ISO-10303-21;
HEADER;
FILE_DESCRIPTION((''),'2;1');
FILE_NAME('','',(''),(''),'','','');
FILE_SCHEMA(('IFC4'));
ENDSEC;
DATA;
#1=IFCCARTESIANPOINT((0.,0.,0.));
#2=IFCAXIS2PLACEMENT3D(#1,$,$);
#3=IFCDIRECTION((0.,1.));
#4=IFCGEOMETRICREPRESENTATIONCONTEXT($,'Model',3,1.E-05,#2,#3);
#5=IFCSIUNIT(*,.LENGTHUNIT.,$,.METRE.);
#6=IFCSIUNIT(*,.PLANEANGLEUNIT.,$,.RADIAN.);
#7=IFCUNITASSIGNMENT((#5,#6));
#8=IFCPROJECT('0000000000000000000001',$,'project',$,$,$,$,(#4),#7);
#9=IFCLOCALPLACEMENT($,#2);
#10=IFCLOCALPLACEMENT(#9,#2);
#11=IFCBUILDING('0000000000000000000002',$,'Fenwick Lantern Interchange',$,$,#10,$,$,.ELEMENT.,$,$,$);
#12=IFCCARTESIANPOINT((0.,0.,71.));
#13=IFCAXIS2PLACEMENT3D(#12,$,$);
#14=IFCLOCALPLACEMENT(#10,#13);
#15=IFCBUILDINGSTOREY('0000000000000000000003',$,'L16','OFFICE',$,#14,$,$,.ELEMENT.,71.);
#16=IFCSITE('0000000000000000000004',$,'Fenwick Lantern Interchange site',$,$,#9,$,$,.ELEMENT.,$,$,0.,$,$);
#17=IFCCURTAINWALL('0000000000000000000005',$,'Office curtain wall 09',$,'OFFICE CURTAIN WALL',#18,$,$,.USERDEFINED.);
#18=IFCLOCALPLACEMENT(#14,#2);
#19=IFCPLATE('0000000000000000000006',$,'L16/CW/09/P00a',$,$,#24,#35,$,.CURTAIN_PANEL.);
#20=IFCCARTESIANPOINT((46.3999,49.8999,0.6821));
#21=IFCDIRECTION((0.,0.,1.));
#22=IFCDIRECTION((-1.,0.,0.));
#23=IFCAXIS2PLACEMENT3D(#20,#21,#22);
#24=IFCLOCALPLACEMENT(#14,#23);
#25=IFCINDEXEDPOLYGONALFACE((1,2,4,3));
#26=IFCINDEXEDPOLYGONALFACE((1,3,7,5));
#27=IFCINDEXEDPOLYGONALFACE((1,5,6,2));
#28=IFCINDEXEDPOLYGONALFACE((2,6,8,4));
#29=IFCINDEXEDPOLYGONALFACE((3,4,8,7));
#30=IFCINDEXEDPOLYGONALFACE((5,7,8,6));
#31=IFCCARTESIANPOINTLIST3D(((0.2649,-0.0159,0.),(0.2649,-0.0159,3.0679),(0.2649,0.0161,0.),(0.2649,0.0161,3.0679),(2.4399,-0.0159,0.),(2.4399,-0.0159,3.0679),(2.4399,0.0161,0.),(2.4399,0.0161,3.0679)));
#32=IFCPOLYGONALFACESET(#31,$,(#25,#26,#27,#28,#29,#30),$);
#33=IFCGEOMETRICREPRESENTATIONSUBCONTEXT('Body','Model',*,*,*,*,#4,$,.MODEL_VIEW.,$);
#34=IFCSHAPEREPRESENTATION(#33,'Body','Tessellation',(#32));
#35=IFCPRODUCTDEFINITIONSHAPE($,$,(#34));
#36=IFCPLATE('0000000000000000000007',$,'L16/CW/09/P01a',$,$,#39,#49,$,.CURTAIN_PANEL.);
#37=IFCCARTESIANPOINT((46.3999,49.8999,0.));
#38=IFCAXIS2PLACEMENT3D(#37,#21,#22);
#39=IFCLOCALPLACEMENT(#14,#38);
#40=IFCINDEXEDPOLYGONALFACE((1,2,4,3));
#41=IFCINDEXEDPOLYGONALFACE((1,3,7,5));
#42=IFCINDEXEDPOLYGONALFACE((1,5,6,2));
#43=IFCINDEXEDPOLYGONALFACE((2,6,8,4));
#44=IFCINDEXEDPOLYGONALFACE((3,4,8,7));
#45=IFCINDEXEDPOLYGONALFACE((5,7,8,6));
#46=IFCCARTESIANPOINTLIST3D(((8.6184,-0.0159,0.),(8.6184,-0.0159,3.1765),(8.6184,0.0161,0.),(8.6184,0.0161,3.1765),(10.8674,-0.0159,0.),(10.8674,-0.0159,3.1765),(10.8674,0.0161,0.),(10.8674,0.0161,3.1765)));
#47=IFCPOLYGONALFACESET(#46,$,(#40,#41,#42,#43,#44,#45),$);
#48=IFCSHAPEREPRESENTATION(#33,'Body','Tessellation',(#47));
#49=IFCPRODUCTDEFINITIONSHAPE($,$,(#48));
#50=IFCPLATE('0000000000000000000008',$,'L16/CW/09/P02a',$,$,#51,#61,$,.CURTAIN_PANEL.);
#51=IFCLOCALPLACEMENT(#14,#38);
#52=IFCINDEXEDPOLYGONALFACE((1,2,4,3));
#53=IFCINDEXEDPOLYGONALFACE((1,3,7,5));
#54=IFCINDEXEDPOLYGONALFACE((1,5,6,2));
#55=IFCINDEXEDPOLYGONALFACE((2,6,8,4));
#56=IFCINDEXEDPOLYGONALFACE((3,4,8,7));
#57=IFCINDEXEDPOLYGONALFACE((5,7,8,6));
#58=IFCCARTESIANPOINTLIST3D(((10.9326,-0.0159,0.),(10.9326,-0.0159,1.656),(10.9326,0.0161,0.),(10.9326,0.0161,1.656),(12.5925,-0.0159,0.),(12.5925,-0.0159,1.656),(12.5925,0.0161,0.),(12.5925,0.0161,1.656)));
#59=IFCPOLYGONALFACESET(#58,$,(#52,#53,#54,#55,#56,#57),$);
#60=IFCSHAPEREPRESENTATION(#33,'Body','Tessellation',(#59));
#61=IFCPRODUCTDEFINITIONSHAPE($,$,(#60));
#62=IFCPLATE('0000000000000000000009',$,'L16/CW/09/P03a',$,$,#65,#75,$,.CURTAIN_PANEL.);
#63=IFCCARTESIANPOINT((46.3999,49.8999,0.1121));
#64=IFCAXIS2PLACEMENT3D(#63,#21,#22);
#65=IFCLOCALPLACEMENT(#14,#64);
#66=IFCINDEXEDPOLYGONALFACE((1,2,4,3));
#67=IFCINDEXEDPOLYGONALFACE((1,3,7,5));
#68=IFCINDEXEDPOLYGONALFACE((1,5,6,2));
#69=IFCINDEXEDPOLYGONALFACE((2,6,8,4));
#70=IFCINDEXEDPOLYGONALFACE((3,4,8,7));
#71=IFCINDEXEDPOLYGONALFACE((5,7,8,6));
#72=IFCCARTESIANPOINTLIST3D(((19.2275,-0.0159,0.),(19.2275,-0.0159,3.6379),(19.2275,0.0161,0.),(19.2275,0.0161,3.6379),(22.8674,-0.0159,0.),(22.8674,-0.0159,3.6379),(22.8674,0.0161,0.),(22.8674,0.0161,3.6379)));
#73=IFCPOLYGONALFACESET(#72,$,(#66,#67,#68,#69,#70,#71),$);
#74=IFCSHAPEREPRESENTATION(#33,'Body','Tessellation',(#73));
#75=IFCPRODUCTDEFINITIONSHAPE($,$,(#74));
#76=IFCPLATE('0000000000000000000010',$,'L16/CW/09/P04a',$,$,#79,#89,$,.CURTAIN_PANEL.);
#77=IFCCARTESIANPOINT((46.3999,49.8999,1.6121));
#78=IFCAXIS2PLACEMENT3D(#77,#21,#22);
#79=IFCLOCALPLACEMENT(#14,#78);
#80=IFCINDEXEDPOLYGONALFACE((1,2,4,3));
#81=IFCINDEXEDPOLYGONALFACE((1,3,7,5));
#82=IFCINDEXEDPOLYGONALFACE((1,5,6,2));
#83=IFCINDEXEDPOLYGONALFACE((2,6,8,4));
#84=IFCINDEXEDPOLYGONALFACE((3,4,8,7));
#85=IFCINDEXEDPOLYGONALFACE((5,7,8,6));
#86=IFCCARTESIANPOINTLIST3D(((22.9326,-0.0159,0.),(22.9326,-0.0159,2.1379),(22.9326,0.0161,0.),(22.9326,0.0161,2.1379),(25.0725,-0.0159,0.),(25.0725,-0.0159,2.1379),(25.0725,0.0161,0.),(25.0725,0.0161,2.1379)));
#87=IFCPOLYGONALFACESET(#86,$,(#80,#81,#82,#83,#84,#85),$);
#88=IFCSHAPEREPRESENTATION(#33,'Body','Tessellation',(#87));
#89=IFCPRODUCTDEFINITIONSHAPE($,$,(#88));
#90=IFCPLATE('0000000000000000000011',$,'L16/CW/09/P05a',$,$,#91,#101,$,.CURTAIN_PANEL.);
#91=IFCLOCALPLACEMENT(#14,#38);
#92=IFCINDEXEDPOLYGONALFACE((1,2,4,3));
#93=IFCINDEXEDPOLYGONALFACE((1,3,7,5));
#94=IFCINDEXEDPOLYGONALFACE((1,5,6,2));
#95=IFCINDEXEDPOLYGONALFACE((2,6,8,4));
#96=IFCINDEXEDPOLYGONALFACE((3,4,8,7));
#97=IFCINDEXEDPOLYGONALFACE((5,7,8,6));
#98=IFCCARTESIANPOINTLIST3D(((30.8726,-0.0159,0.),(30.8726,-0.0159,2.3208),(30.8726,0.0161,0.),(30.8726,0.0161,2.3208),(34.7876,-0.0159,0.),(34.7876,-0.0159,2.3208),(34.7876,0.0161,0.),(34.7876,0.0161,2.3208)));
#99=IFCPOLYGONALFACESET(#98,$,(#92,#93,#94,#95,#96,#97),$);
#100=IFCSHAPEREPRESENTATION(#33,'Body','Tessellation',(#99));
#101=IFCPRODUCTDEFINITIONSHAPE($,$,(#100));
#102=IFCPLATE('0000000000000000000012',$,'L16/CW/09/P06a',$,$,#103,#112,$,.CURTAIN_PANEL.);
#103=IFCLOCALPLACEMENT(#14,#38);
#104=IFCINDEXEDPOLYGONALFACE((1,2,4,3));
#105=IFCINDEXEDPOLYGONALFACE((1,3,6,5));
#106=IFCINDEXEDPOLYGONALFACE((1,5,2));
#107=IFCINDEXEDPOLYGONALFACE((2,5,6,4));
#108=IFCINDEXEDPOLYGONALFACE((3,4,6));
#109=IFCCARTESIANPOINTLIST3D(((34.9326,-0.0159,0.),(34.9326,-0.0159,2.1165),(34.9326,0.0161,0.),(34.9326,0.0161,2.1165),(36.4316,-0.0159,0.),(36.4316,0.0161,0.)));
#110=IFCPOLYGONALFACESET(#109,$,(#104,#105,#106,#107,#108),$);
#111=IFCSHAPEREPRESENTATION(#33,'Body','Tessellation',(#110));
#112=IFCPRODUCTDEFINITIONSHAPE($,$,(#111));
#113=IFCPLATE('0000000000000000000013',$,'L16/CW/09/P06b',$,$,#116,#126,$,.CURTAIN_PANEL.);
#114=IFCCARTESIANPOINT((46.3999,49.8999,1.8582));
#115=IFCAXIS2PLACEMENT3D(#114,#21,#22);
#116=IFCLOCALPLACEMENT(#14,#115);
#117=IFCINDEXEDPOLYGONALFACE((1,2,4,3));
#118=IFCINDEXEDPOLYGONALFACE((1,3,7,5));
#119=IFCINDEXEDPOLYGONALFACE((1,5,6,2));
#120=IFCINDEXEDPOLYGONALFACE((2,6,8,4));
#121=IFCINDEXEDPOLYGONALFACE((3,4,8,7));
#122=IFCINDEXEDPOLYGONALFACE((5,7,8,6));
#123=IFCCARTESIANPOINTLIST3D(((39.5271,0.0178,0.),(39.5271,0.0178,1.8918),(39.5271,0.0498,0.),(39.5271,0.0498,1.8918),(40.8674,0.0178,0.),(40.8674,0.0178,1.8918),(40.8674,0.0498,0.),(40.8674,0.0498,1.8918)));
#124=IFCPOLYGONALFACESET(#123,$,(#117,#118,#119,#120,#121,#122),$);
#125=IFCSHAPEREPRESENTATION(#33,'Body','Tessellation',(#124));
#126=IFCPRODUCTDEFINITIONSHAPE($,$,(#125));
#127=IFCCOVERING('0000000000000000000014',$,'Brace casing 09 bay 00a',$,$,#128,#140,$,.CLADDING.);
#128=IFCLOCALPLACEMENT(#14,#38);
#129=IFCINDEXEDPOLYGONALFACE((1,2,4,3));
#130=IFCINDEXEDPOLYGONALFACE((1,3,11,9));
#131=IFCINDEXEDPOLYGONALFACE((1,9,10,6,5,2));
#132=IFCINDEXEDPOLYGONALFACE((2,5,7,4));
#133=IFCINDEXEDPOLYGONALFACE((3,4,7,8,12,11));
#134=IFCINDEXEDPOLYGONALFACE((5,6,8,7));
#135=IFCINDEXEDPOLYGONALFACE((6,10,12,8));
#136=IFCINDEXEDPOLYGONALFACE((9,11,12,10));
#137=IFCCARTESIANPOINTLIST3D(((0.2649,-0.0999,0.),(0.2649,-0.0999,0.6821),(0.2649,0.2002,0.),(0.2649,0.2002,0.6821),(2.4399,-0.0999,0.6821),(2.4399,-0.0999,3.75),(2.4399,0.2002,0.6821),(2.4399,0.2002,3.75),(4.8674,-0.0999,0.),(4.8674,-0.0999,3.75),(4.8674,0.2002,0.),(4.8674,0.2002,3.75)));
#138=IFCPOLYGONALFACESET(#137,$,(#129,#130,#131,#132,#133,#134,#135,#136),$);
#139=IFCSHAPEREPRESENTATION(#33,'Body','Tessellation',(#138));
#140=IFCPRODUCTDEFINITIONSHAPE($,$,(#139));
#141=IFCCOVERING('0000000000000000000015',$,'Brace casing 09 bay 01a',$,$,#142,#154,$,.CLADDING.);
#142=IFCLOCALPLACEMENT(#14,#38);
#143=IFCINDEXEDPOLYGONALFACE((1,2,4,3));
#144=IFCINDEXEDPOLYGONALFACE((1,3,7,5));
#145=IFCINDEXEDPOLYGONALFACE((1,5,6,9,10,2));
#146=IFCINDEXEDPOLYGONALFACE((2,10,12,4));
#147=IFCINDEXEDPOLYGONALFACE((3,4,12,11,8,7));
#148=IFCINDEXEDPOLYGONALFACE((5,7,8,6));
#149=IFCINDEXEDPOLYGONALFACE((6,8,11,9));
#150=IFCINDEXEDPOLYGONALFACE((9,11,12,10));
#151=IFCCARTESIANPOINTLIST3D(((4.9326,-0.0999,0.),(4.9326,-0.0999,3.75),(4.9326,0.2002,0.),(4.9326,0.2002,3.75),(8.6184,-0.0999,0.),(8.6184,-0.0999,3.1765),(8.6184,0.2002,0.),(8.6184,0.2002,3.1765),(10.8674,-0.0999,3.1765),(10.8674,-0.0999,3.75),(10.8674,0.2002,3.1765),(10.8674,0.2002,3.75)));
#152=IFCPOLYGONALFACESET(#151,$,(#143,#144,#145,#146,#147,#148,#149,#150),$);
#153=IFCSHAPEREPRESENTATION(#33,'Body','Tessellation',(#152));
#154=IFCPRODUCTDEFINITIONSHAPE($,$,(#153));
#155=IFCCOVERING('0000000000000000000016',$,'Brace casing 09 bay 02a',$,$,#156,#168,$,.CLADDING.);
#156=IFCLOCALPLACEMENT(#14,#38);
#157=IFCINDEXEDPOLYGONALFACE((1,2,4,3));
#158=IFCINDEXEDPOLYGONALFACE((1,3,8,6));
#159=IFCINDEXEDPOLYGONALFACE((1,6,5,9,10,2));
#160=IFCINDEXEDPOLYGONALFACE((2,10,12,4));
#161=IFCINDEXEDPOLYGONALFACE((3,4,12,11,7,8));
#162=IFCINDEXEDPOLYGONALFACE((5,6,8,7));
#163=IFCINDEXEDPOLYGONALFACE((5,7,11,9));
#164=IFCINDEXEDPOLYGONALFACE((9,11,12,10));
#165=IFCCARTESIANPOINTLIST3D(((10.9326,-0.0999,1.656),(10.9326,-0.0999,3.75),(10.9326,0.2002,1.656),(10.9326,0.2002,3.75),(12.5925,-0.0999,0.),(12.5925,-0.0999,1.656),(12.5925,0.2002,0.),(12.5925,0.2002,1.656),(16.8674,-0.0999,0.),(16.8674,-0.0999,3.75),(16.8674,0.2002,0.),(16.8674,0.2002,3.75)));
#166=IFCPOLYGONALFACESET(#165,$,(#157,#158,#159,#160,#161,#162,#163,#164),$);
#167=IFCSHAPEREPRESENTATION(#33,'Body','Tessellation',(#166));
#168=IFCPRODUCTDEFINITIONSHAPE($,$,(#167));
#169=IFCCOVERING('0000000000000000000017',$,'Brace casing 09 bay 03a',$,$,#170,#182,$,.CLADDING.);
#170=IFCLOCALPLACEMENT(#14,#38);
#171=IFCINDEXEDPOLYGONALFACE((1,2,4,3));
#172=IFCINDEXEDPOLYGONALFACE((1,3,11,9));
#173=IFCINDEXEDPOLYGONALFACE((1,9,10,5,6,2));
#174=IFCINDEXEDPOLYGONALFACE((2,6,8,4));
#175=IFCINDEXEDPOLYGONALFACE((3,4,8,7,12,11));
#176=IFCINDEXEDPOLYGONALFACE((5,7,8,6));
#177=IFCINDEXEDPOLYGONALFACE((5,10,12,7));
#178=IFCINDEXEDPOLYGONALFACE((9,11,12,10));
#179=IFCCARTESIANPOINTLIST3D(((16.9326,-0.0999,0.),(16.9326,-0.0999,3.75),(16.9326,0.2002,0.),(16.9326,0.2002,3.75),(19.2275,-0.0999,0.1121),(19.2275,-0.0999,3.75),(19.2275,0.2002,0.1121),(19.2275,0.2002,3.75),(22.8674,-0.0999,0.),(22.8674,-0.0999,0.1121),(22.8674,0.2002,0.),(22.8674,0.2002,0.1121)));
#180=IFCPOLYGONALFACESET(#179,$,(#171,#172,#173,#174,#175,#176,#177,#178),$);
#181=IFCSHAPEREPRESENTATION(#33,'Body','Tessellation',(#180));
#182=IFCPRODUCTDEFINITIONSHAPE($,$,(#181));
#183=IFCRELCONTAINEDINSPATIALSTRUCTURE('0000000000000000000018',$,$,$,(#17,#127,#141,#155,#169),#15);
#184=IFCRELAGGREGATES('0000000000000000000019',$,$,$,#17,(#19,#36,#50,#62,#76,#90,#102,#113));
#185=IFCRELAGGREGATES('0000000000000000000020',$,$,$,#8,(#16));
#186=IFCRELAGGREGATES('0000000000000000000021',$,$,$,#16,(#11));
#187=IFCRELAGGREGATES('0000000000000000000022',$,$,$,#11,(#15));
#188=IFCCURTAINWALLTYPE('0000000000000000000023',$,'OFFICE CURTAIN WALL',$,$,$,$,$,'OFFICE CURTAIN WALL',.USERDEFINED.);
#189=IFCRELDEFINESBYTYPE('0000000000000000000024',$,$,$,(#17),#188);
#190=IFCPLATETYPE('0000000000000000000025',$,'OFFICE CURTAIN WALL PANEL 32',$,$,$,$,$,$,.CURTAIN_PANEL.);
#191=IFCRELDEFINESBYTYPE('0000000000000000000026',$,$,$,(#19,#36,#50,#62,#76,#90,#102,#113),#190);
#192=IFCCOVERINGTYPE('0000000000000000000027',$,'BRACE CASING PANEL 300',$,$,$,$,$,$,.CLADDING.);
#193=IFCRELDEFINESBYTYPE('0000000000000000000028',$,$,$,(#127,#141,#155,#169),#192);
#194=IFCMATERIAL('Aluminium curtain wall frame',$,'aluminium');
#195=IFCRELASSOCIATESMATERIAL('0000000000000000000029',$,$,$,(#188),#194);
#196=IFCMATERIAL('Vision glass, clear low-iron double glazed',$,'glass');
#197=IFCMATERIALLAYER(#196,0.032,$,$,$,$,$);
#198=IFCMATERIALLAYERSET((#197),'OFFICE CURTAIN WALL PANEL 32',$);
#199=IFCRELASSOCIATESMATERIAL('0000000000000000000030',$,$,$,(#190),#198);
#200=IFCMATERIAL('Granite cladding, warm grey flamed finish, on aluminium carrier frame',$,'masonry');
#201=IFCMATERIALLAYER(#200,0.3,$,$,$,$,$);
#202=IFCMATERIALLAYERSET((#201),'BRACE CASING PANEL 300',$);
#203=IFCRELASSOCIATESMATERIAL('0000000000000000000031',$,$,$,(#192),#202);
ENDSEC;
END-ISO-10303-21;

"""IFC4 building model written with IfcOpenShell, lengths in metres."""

from ifc_helpers import new_model, si_unit, direction, frame, origin, place, context, subcontext, project, spatial, polyline, outline, extrude, material, layer, layer_set, type_object, element, aggregate, save


model = new_model("IFC4")

# Units and contexts
model_context = context("Model", 3, precision=1e-05, world=origin(), true_north=direction((0.0, 1.0)))
body_context = subcontext(model_context, "Body", "Model", "MODEL_VIEW")
ifc_project = project(units=[si_unit("LENGTHUNIT", "METRE"), si_unit("PLANEANGLEUNIT", "RADIAN")], contexts=[model_context])

# Site, building, storey
site_placement = place(None, origin())
site = spatial("IfcSite", under=ifc_project, at=site_placement, Name="Fenwick Lantern Interchange site", CompositionType="ELEMENT", RefElevation=0.0)
building_placement = place(site_placement, origin())
building = spatial("IfcBuilding", under=site, at=building_placement, Name="Fenwick Lantern Interchange", CompositionType="ELEMENT")
storey_placement = place(building_placement, frame((0.0, 0.0, 71.0)))
storey = spatial("IfcBuildingStorey", under=building, at=storey_placement, Name="L16", Description="OFFICE", CompositionType="ELEMENT", Elevation=71.0)

# Shared definitions
ifc_material_1 = material(Name="Aluminium curtain wall frame", Category="aluminium")
curtain_wall_type = type_object("IfcCurtainWallType", Name="OFFICE CURTAIN WALL", ElementType="OFFICE CURTAIN WALL", PredefinedType="USERDEFINED", material=ifc_material_1)

# Curtain wall
curtain_wall_1_placement = place(storey_placement, origin())
curtain_wall_1 = element("IfcCurtainWall", 1, at=curtain_wall_1_placement, inside=storey, type_object=curtain_wall_type, Name="Office curtain wall 09", ObjectType="OFFICE CURTAIN WALL", PredefinedType="USERDEFINED")

# Plates
ifc_material_2 = material(Name="Vision glass, clear low-iron double glazed", Category="glass")
ifc_layer_1 = layer(ifc_material_2, 0.032)
ifc_layer_set_1 = layer_set([ifc_layer_1], Name="OFFICE CURTAIN WALL PANEL 32")
plate_type = type_object("IfcPlateType", Name="OFFICE CURTAIN WALL PANEL 32", PredefinedType="CURTAIN_PANEL", material=ifc_layer_set_1)
plate_1_placement = place(storey_placement, frame((46.3999, 49.8999, 0.6821), z_axis=(0.0, 0.0, 1.0), x_axis=(-1.0, 0.0, 0.0)))
plate_1 = element("IfcPlate", 2, at=plate_1_placement, type_object=plate_type, Name="L16/CW/09/P00a", PredefinedType="CURTAIN_PANEL", context=body_context, shape_type="SweptSolid", body=[
    extrude(outline(polyline([(0.2649, 0.0), (2.4399, 0.0), (2.4399, 3.0679), (0.2649, 3.0679), (0.2649, 0.0)])), frame((0.0, 0.0161, 0.0), z_axis=(0.0, -1.0, 0.0), x_axis=(1.0, 0.0, 0.0)), (0.0, 0.0, 1.0), 0.032),
])
plate_2_placement = place(storey_placement, frame((46.3999, 49.8999, 0.0), z_axis=(0.0, 0.0, 1.0), x_axis=(-1.0, 0.0, 0.0)))
plate_2 = element("IfcPlate", 3, at=plate_2_placement, type_object=plate_type, Name="L16/CW/09/P01a", PredefinedType="CURTAIN_PANEL", context=body_context, shape_type="SweptSolid", body=[
    extrude(outline(polyline([(8.6184, 0.0), (10.8674, 0.0), (10.8674, 3.1765), (8.6184, 3.1765), (8.6184, 0.0)])), frame((0.0, 0.0161, 0.0), z_axis=(0.0, -1.0, 0.0), x_axis=(1.0, 0.0, 0.0)), (0.0, 0.0, 1.0), 0.032),
])
plate_3_placement = place(storey_placement, frame((46.3999, 49.8999, 0.0), z_axis=(0.0, 0.0, 1.0), x_axis=(-1.0, 0.0, 0.0)))
plate_3 = element("IfcPlate", 4, at=plate_3_placement, type_object=plate_type, Name="L16/CW/09/P02a", PredefinedType="CURTAIN_PANEL", context=body_context, shape_type="SweptSolid", body=[
    extrude(outline(polyline([(10.9326, 0.0), (12.5925, 0.0), (12.5925, 1.656), (10.9326, 1.656), (10.9326, 0.0)])), frame((0.0, 0.0161, 0.0), z_axis=(0.0, -1.0, 0.0), x_axis=(1.0, 0.0, 0.0)), (0.0, 0.0, 1.0), 0.032),
])
plate_4_placement = place(storey_placement, frame((46.3999, 49.8999, 0.1121), z_axis=(0.0, 0.0, 1.0), x_axis=(-1.0, 0.0, 0.0)))
plate_4 = element("IfcPlate", 5, at=plate_4_placement, type_object=plate_type, Name="L16/CW/09/P03a", PredefinedType="CURTAIN_PANEL", context=body_context, shape_type="SweptSolid", body=[
    extrude(outline(polyline([(19.2275, 0.0), (22.8674, 0.0), (22.8674, 3.6379), (19.2275, 3.6379), (19.2275, 0.0)])), frame((0.0, 0.0161, 0.0), z_axis=(0.0, -1.0, 0.0), x_axis=(1.0, 0.0, 0.0)), (0.0, 0.0, 1.0), 0.032),
])
plate_5_placement = place(storey_placement, frame((46.3999, 49.8999, 1.6121), z_axis=(0.0, 0.0, 1.0), x_axis=(-1.0, 0.0, 0.0)))
plate_5 = element("IfcPlate", 6, at=plate_5_placement, type_object=plate_type, Name="L16/CW/09/P04a", PredefinedType="CURTAIN_PANEL", context=body_context, shape_type="SweptSolid", body=[
    extrude(outline(polyline([(22.9326, 0.0), (25.0725, 0.0), (25.0725, 2.1379), (22.9326, 2.1379), (22.9326, 0.0)])), frame((0.0, 0.0161, 0.0), z_axis=(0.0, -1.0, 0.0), x_axis=(1.0, 0.0, 0.0)), (0.0, 0.0, 1.0), 0.032),
])
plate_6_placement = place(storey_placement, frame((46.3999, 49.8999, 0.0), z_axis=(0.0, 0.0, 1.0), x_axis=(-1.0, 0.0, 0.0)))
plate_6 = element("IfcPlate", 7, at=plate_6_placement, type_object=plate_type, Name="L16/CW/09/P05a", PredefinedType="CURTAIN_PANEL", context=body_context, shape_type="SweptSolid", body=[
    extrude(outline(polyline([(30.8726, 0.0), (34.7876, 0.0), (34.7876, 2.3208), (30.8726, 2.3208), (30.8726, 0.0)])), frame((0.0, 0.0161, 0.0), z_axis=(0.0, -1.0, 0.0), x_axis=(1.0, 0.0, 0.0)), (0.0, 0.0, 1.0), 0.032),
])
plate_7_placement = place(storey_placement, frame((46.3999, 49.8999, 0.0), z_axis=(0.0, 0.0, 1.0), x_axis=(-1.0, 0.0, 0.0)))
plate_7 = element("IfcPlate", 8, at=plate_7_placement, type_object=plate_type, Name="L16/CW/09/P06a", PredefinedType="CURTAIN_PANEL", context=body_context, shape_type="SweptSolid", body=[
    extrude(outline(polyline([(34.9326, 0.0), (36.4316, 0.0), (34.9326, 2.1165), (34.9326, 0.0)])), frame((0.0, 0.0161, 0.0), z_axis=(0.0, -1.0, 0.0), x_axis=(1.0, 0.0, 0.0)), (0.0, 0.0, 1.0), 0.032),
])
plate_8_placement = place(storey_placement, frame((46.3999, 49.8999, 1.8582), z_axis=(0.0, 0.0, 1.0), x_axis=(-1.0, 0.0, 0.0)))
plate_8 = element("IfcPlate", 9, at=plate_8_placement, type_object=plate_type, Name="L16/CW/09/P06b", PredefinedType="CURTAIN_PANEL", context=body_context, shape_type="SweptSolid", body=[
    extrude(outline(polyline([(39.5271, 0.0), (40.8674, 0.0), (40.8674, 1.8918), (39.5271, 1.8918), (39.5271, 0.0)])), frame((0.0, 0.0498, 0.0), z_axis=(0.0, -1.0, 0.0), x_axis=(1.0, 0.0, 0.0)), (0.0, 0.0, 1.0), 0.032),
])
aggregate(curtain_wall_1, [plate_1, plate_2, plate_3, plate_4, plate_5, plate_6, plate_7, plate_8])

# Coverings
ifc_material_3 = material(Name="Granite cladding, warm grey flamed finish, on aluminium carrier frame", Category="masonry")
ifc_layer_2 = layer(ifc_material_3, 0.3)
ifc_layer_set_2 = layer_set([ifc_layer_2], Name="BRACE CASING PANEL 300")
covering_type = type_object("IfcCoveringType", Name="BRACE CASING PANEL 300", PredefinedType="CLADDING", material=ifc_layer_set_2)
covering_1_placement = place(storey_placement, frame((46.3999, 49.8999, 0.0), z_axis=(0.0, 0.0, 1.0), x_axis=(-1.0, 0.0, 0.0)))
element("IfcCovering", 10, at=covering_1_placement, inside=storey, type_object=covering_type, Name="Brace casing 09 bay 00a", PredefinedType="CLADDING", context=body_context, shape_type="SweptSolid", body=[
    extrude(outline(polyline([(0.2649, 0.0), (4.8674, 0.0), (4.8674, 3.75), (2.4399, 3.75), (2.4399, 0.6821), (0.2649, 0.6821), (0.2649, 0.0)])), frame((0.0, 0.2002, 0.0), z_axis=(0.0, -1.0, 0.0), x_axis=(1.0, 0.0, 0.0)), (0.0, 0.0, 1.0), 0.3),
])
covering_2_placement = place(storey_placement, frame((46.3999, 49.8999, 0.0), z_axis=(0.0, 0.0, 1.0), x_axis=(-1.0, 0.0, 0.0)))
element("IfcCovering", 11, at=covering_2_placement, inside=storey, type_object=covering_type, Name="Brace casing 09 bay 01a", PredefinedType="CLADDING", context=body_context, shape_type="SweptSolid", body=[
    extrude(outline(polyline([(4.9326, 0.0), (8.6184, 0.0), (8.6184, 3.1765), (10.8674, 3.1765), (10.8674, 3.75), (4.9326, 3.75), (4.9326, 0.0)])), frame((0.0, 0.2002, 0.0), z_axis=(0.0, -1.0, 0.0), x_axis=(1.0, 0.0, 0.0)), (0.0, 0.0, 1.0), 0.3),
])
covering_3_placement = place(storey_placement, frame((46.3999, 49.8999, 0.0), z_axis=(0.0, 0.0, 1.0), x_axis=(-1.0, 0.0, 0.0)))
element("IfcCovering", 12, at=covering_3_placement, inside=storey, type_object=covering_type, Name="Brace casing 09 bay 02a", PredefinedType="CLADDING", context=body_context, shape_type="SweptSolid", body=[
    extrude(outline(polyline([(12.5925, 0.0), (16.8674, 0.0), (16.8674, 3.75), (10.9326, 3.75), (10.9326, 1.656), (12.5925, 1.656), (12.5925, 0.0)])), frame((0.0, 0.2002, 0.0), z_axis=(0.0, -1.0, 0.0), x_axis=(1.0, 0.0, 0.0)), (0.0, 0.0, 1.0), 0.3),
])
covering_4_placement = place(storey_placement, frame((46.3999, 49.8999, 0.0), z_axis=(0.0, 0.0, 1.0), x_axis=(-1.0, 0.0, 0.0)))
element("IfcCovering", 13, at=covering_4_placement, inside=storey, type_object=covering_type, Name="Brace casing 09 bay 03a", PredefinedType="CLADDING", context=body_context, shape_type="SweptSolid", body=[
    extrude(outline(polyline([(16.9326, 0.0), (22.8674, 0.0), (22.8674, 0.1121), (19.2275, 0.1121), (19.2275, 3.75), (16.9326, 3.75), (16.9326, 0.0)])), frame((0.0, 0.2002, 0.0), z_axis=(0.0, -1.0, 0.0), x_axis=(1.0, 0.0, 0.0)), (0.0, 0.0, 1.0), 0.3),
])

save(model, "model.ifc")
